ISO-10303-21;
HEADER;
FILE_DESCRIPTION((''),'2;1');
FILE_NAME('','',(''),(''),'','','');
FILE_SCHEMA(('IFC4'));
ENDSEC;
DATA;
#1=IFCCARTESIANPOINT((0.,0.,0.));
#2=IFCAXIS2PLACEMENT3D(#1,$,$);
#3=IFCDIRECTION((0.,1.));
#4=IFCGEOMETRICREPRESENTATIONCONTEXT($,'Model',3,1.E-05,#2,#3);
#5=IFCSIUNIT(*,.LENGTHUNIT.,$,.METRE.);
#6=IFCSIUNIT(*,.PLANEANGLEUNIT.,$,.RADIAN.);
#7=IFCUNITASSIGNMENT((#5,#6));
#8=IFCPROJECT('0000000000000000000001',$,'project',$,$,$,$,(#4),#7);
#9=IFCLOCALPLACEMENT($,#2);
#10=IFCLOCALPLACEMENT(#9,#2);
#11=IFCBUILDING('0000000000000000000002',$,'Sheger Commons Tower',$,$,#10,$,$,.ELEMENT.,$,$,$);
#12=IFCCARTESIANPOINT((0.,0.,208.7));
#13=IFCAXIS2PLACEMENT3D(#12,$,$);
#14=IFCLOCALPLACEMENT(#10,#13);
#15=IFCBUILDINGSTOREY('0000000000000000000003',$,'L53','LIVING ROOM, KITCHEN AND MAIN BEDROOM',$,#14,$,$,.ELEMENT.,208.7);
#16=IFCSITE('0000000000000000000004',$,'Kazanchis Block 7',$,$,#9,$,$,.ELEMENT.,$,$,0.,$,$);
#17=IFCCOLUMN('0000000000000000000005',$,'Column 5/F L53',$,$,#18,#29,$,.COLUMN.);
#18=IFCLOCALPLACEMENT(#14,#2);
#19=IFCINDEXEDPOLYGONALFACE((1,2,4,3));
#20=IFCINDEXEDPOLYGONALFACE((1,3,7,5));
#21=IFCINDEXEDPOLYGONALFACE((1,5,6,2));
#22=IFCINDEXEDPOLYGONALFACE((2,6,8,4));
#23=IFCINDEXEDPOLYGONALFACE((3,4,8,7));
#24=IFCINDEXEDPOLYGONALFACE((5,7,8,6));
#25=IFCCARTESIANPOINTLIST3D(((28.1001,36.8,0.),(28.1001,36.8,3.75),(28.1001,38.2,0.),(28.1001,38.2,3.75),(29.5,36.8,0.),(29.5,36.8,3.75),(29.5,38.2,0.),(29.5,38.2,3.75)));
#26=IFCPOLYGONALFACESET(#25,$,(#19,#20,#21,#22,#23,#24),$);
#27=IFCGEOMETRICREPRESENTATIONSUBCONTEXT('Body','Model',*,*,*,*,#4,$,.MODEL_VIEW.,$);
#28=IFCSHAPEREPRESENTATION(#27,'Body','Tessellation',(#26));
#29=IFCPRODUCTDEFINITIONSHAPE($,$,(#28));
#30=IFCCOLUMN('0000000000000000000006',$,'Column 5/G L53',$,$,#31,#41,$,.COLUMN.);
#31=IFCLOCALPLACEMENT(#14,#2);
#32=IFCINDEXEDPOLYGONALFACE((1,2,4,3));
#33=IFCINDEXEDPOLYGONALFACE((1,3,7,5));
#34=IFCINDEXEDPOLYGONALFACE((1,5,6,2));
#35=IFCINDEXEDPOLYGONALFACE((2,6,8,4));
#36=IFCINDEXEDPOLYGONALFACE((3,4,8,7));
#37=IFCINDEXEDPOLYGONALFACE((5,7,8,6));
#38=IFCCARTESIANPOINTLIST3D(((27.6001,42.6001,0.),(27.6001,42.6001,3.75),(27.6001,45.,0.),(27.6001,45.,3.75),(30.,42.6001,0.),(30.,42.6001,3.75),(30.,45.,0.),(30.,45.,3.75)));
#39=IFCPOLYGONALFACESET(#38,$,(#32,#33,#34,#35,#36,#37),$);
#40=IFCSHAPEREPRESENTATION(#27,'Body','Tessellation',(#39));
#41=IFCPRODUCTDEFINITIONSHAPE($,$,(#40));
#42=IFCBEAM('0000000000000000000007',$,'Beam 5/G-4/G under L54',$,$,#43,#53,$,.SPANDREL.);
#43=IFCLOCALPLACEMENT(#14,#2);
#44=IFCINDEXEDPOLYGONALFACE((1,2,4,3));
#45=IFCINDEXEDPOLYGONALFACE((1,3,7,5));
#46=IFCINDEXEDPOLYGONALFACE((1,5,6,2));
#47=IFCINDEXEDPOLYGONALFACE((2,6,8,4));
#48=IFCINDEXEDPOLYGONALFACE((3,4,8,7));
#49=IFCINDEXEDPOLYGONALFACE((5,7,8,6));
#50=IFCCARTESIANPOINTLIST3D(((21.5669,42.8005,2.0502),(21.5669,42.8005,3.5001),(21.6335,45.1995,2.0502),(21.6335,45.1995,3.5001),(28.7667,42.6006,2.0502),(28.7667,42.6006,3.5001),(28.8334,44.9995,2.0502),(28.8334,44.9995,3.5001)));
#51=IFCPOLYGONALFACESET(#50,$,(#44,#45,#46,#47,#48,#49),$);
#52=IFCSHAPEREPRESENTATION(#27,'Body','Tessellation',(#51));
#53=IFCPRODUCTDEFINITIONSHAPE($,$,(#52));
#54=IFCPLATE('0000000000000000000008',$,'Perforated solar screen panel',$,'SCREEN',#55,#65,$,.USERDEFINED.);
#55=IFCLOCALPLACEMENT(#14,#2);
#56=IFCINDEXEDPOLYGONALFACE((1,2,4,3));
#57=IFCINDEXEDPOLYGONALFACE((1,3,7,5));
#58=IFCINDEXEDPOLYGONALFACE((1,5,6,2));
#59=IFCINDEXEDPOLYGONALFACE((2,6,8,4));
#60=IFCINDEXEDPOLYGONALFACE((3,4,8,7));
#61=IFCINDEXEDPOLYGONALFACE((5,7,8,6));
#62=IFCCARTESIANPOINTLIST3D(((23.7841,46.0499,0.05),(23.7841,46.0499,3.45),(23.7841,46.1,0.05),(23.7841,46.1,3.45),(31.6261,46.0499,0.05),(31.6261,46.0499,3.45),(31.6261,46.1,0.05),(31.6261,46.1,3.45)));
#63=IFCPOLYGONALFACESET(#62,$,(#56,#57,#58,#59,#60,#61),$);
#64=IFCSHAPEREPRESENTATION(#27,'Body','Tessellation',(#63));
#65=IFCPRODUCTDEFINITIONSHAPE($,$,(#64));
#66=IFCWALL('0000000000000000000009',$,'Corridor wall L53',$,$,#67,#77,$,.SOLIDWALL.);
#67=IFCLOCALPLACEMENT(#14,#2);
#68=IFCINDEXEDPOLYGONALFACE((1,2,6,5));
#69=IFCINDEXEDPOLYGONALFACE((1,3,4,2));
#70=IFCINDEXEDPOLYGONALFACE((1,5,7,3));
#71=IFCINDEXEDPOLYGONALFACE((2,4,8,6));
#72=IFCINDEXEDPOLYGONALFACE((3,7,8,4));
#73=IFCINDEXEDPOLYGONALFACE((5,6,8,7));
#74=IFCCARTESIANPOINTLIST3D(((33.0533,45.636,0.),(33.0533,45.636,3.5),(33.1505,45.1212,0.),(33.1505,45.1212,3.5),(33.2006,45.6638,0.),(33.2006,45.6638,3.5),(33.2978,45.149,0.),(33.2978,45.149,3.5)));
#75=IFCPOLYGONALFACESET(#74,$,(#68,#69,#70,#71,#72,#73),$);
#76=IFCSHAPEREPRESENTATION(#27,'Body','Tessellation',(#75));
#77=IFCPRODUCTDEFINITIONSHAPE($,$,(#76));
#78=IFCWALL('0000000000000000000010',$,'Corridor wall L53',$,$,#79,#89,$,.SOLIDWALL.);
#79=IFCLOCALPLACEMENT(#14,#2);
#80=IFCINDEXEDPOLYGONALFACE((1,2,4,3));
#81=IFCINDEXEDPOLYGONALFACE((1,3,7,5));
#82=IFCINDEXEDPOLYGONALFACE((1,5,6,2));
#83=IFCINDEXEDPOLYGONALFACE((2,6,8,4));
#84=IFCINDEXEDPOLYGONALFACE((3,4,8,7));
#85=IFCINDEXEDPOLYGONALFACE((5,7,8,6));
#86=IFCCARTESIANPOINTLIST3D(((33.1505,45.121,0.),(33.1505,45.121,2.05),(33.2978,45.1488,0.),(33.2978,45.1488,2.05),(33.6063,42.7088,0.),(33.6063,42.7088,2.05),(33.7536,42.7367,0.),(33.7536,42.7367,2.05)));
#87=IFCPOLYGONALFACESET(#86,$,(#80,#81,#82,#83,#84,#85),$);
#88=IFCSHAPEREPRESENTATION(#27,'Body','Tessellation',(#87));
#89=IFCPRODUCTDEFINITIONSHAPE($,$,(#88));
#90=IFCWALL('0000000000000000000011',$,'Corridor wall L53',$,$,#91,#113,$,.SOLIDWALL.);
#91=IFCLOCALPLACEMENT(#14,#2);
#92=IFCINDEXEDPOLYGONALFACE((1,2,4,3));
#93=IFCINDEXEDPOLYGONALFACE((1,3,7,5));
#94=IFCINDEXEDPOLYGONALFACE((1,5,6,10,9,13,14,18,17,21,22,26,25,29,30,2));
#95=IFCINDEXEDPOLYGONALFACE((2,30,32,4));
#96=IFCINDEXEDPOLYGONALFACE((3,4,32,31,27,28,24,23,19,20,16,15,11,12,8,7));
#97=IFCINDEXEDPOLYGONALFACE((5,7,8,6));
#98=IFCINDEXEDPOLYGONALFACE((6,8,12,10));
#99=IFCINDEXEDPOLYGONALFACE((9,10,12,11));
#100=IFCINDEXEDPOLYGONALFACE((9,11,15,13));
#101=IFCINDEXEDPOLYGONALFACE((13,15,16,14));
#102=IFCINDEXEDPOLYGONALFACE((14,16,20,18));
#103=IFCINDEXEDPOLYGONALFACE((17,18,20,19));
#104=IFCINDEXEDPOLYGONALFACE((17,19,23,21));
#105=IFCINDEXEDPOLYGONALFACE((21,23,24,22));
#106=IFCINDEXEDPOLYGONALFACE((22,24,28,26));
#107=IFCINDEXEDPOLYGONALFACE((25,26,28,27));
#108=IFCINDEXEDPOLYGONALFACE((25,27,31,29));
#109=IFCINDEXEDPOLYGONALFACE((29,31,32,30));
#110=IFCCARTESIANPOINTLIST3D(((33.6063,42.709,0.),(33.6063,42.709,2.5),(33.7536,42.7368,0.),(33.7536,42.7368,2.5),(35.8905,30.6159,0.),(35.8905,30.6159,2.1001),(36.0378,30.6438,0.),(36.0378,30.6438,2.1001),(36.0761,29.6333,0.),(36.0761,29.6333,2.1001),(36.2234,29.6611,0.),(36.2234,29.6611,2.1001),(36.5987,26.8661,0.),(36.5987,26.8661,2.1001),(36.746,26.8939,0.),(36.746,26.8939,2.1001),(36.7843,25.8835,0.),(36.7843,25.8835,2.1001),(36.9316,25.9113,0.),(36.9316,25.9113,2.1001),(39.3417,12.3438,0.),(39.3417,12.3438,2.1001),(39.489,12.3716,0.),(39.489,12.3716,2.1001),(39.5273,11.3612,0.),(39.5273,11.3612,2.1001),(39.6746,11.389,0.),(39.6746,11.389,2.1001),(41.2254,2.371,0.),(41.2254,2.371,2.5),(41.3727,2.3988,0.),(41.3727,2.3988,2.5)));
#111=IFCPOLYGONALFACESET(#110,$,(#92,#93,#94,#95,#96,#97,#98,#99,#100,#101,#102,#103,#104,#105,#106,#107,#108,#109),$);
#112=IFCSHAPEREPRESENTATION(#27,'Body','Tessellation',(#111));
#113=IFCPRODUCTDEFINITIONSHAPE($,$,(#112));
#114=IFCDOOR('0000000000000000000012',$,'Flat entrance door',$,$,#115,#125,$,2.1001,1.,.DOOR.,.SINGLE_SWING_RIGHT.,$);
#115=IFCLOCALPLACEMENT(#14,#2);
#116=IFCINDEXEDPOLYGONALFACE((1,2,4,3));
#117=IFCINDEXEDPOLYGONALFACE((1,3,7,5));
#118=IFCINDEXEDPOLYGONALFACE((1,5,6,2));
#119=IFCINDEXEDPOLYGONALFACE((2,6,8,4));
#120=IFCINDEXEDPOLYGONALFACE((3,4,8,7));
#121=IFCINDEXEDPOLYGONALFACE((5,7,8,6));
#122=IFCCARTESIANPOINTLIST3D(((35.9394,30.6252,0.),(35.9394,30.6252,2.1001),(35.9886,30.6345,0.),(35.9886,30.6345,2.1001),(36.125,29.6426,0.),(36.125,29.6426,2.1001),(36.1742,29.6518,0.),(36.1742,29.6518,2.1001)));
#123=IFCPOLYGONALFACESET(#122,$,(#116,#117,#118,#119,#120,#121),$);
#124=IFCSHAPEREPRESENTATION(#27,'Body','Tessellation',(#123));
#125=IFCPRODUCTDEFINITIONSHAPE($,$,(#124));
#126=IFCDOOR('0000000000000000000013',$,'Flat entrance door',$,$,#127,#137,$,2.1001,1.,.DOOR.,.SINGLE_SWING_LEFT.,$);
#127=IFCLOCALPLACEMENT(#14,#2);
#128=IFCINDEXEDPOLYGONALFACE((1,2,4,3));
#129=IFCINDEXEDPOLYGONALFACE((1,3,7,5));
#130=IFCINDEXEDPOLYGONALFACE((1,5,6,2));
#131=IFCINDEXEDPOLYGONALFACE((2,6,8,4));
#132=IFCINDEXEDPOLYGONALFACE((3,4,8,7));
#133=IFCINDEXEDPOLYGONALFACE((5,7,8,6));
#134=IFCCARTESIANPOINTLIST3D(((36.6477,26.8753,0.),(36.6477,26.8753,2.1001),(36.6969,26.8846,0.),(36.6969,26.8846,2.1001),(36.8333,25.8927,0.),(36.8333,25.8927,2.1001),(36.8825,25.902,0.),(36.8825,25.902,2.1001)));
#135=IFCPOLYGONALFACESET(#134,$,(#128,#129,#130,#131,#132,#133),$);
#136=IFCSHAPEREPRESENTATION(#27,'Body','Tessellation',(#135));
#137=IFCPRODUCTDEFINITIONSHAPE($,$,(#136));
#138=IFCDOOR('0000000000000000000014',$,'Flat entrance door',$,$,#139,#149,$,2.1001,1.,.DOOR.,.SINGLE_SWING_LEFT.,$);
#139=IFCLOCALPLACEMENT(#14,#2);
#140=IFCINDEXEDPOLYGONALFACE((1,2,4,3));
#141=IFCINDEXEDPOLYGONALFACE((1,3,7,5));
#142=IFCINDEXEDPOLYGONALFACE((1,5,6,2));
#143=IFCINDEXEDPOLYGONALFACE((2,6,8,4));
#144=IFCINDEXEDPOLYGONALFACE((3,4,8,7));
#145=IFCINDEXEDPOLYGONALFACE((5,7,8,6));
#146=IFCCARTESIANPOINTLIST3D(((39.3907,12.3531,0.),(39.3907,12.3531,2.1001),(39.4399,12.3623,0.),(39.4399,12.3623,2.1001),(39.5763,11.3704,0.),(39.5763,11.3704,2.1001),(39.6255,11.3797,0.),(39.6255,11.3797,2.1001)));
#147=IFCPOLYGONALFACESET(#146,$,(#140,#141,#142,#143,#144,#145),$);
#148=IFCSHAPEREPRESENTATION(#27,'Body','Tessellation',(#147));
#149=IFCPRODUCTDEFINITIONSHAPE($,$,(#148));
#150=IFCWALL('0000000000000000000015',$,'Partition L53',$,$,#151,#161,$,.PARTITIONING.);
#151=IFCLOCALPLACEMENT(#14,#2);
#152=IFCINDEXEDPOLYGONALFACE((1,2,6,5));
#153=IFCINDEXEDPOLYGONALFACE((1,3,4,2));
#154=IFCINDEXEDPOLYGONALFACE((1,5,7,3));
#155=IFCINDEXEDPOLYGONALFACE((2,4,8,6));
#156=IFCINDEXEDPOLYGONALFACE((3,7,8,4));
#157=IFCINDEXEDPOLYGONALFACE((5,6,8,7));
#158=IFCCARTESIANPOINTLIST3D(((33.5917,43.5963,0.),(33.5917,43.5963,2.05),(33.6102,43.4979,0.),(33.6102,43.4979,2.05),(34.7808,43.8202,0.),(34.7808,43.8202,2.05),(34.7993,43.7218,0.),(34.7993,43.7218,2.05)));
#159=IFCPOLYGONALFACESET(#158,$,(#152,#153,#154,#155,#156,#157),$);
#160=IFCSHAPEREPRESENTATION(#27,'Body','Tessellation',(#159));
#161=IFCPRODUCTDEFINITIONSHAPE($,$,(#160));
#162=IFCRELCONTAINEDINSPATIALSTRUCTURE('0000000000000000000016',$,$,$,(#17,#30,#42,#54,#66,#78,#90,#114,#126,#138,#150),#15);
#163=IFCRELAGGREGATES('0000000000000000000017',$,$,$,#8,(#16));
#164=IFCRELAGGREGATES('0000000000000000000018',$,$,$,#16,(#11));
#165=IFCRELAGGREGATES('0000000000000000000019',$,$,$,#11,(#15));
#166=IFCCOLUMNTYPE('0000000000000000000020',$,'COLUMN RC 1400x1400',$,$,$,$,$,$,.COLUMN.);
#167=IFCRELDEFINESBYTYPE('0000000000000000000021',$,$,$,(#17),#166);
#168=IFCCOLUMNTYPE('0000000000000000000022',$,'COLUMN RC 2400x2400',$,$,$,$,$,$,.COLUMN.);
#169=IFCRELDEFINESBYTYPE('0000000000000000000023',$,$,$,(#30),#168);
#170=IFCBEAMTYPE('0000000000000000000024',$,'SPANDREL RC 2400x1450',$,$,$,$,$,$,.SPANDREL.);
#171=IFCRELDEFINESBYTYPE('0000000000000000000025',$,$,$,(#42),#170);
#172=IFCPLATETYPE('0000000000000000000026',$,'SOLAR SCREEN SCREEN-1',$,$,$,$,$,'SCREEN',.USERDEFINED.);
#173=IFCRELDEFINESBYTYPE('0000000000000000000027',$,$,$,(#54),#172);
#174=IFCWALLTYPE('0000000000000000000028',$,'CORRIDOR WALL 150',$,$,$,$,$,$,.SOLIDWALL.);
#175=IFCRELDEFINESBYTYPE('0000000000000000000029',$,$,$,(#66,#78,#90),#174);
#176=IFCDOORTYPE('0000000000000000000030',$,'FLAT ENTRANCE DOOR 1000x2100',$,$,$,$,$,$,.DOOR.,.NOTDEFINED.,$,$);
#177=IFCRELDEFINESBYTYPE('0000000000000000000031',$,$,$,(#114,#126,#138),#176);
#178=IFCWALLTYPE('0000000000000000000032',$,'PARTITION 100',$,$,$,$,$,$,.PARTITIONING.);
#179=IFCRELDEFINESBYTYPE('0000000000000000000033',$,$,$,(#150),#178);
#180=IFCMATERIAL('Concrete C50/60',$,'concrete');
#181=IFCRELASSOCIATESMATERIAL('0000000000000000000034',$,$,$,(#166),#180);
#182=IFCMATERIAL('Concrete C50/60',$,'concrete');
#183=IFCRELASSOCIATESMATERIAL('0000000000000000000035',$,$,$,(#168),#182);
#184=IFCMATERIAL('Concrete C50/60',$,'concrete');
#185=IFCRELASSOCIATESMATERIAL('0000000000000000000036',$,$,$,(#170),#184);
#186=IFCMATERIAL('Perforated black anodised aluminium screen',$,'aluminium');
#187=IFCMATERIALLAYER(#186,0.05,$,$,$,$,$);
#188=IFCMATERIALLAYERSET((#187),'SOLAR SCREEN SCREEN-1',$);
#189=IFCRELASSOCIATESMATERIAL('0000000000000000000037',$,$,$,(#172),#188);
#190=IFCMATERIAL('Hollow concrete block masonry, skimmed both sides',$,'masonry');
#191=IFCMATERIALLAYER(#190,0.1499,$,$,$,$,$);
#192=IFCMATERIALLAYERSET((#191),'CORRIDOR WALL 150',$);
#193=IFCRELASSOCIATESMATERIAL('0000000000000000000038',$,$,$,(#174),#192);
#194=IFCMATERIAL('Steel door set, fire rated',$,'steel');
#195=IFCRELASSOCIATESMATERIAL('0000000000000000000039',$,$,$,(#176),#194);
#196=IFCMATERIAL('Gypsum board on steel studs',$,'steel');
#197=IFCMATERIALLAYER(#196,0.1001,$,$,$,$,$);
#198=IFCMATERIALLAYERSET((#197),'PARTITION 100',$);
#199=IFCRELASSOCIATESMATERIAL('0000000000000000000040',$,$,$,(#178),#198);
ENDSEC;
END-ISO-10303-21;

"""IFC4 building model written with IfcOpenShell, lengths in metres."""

from ifc_helpers import new_model, si_unit, direction, frame, frame_2d, origin, origin_2d, place, context, subcontext, project, spatial, rectangle, extrude, material, layer, layer_set, material_profile, profile_set, type_object, element, fill, save


model = new_model("IFC4")

# Units and contexts
model_context = context("Model", 3, precision=1e-05, world=origin(), true_north=direction((0.0, 1.0)))
body_context = subcontext(model_context, "Body", "Model", "MODEL_VIEW")
ifc_project = project(units=[si_unit("LENGTHUNIT", "METRE"), si_unit("PLANEANGLEUNIT", "RADIAN")], contexts=[model_context])

# Site, building, storey
site_placement = place(None, origin())
site = spatial("IfcSite", under=ifc_project, at=site_placement, Name="Kazanchis Block 7", CompositionType="ELEMENT", RefElevation=0.0)
building_placement = place(site_placement, origin())
building = spatial("IfcBuilding", under=site, at=building_placement, Name="Sheger Commons Tower", CompositionType="ELEMENT")
storey_placement = place(building_placement, frame((0.0, 0.0, 208.7)))
storey = spatial("IfcBuildingStorey", under=building, at=storey_placement, Name="L53", Description="LIVING ROOM, KITCHEN AND MAIN BEDROOM", CompositionType="ELEMENT", Elevation=208.7)

# Columns
ifc_material_1 = material(Name="Concrete C50/60", Category="concrete")
ifc_material_profile_1 = material_profile(ifc_material_1, rectangle(XDim=1.3999, YDim=1.3999, at=origin_2d()), Name="RC 1400x1400")
ifc_profile_set_1 = profile_set([ifc_material_profile_1], Name="Concrete C50/60")
column_type_1 = type_object("IfcColumnType", Name="COLUMN RC 1400x1400", PredefinedType="COLUMN", material=ifc_profile_set_1)
column_1_placement = place(storey_placement, frame((28.8, 37.5, 0.0), z_axis=(0.0, 0.0, 1.0), x_axis=(1.0, 0.0, 0.0)))
element("IfcColumn", 1, at=column_1_placement, inside=storey, type_object=column_type_1, Name="Column 5/F L53", PredefinedType="COLUMN", context=body_context, shape_type="SweptSolid", body=[
    extrude(rectangle(XDim=1.3999, YDim=1.3999, at=origin_2d()), origin(), (0.0, 0.0, 1.0), 3.75),
])
ifc_material_2 = material(Name="Concrete C50/60", Category="concrete")
ifc_material_profile_2 = material_profile(ifc_material_2, rectangle(XDim=2.3999, YDim=2.3999, at=origin_2d()), Name="RC 2400x2400")
ifc_profile_set_2 = profile_set([ifc_material_profile_2], Name="Concrete C50/60")
column_type_2 = type_object("IfcColumnType", Name="COLUMN RC 2400x2400", PredefinedType="COLUMN", material=ifc_profile_set_2)
column_2_placement = place(storey_placement, frame((28.8, 43.8, 0.0), z_axis=(0.0, 0.0, 1.0), x_axis=(1.0, 0.0, 0.0)))
element("IfcColumn", 2, at=column_2_placement, inside=storey, type_object=column_type_2, Name="Column 5/G L53", PredefinedType="COLUMN", context=body_context, shape_type="SweptSolid", body=[
    extrude(rectangle(XDim=2.3999, YDim=2.3999, at=origin_2d()), origin(), (0.0, 0.0, 1.0), 3.75),
])

# Beam
ifc_material_3 = material(Name="Concrete C50/60", Category="concrete")
ifc_material_profile_3 = material_profile(ifc_material_3, rectangle(XDim=2.3999, YDim=1.45, at=origin_2d()), Name="RC 2400x1450")
ifc_profile_set_3 = profile_set([ifc_material_profile_3], Name="Concrete C50/60")
beam_type = type_object("IfcBeamType", Name="SPANDREL RC 2400x1450", PredefinedType="SPANDREL", material=ifc_profile_set_3)
beam_placement = place(storey_placement, frame((28.8, 43.8, 2.7751), z_axis=(-0.999615, 0.02776, 0.0), x_axis=(-0.02776, -0.999615, 0.0)))
element("IfcBeam", 3, at=beam_placement, inside=storey, type_object=beam_type, Name="Beam 5/G-4/G under L54", PredefinedType="SPANDREL", context=body_context, shape_type="SweptSolid", body=[
    extrude(rectangle(XDim=2.3999, YDim=1.45, at=origin_2d()), origin(), (0.0, 0.0, 1.0), 7.2026),
])

# Plate
ifc_material_4 = material(Name="Perforated black anodised aluminium screen", Category="aluminium")
ifc_layer_1 = layer(ifc_material_4, 0.05)
ifc_layer_set_1 = layer_set([ifc_layer_1], Name="SOLAR SCREEN SCREEN-1")
plate_type = type_object("IfcPlateType", Name="SOLAR SCREEN SCREEN-1", ElementType="SCREEN", PredefinedType="USERDEFINED", material=ifc_layer_set_1)
plate_placement = place(storey_placement, frame((27.7051, 46.075, 0.05), z_axis=(0.0, 0.0, 1.0), x_axis=(-1.0, 0.0, 0.0)))
element("IfcPlate", 4, at=plate_placement, inside=storey, type_object=plate_type, Name="Perforated solar screen panel", ObjectType="SCREEN", PredefinedType="USERDEFINED", context=body_context, shape_type="SweptSolid", body=[
    extrude(rectangle(XDim=7.842, YDim=0.05, at=origin_2d()), origin(), (0.0, 0.0, 1.0), 3.3999),
])

# Walls
ifc_material_5 = material(Name="Hollow concrete block masonry, skimmed both sides", Category="masonry")
ifc_layer_2 = layer(ifc_material_5, 0.1499)
ifc_layer_set_2 = layer_set([ifc_layer_2], Name="CORRIDOR WALL 150")
wall_type_1 = type_object("IfcWallType", Name="CORRIDOR WALL 150", PredefinedType="SOLIDWALL", material=ifc_layer_set_2)
wall_1_placement = place(storey_placement, frame((33.127, 45.6499, 0.0), z_axis=(0.0, 0.0, 1.0), x_axis=(0.185442, -0.982655, 0.0)))
element("IfcWall", 5, at=wall_1_placement, inside=storey, type_object=wall_type_1, Name="Corridor wall L53", PredefinedType="SOLIDWALL", context=body_context, shape_type="SweptSolid", body=[
    extrude(rectangle(XDim=0.5239, YDim=0.1499, at=frame_2d((0.262, 0.0))), origin(), (0.0, 0.0, 1.0), 3.5),
])
wall_2_placement = place(storey_placement, frame((33.2241, 45.135, 0.0), z_axis=(0.0, 0.0, 1.0), x_axis=(0.185681, -0.98261, 0.0)))
element("IfcWall", 6, at=wall_2_placement, inside=storey, type_object=wall_type_1, Name="Corridor wall L53", PredefinedType="SOLIDWALL", context=body_context, shape_type="SweptSolid", body=[
    extrude(rectangle(XDim=2.4548, YDim=0.1499, at=frame_2d((1.2275, 0.0))), origin(), (0.0, 0.0, 1.0), 2.05),
])

# Wall, openings, doors
wall_3_placement = place(storey_placement, frame((33.6799, 42.7229, 0.0), z_axis=(0.0, 0.0, 1.0), x_axis=(0.185601, -0.982625, 0.0)))
wall_3 = element("IfcWall", 7, at=wall_3_placement, inside=storey, type_object=wall_type_1, Name="Corridor wall L53", PredefinedType="SOLIDWALL", context=body_context, shape_type="SweptSolid", body=[
    extrude(rectangle(XDim=41.0513, YDim=0.1499, at=frame_2d((20.5256, 0.0))), origin(), (0.0, 0.0, 1.0), 2.5),
])
opening_1_placement = place(wall_3_placement, frame((12.3069, 0.0, 0.0)))
opening_1 = element("IfcOpeningElement", 8, at=opening_1_placement, cuts=wall_3, PredefinedType="OPENING", context=body_context, shape_type="SweptSolid", body=[
    extrude(rectangle(XDim=1.0, YDim=2.1001, at=frame_2d((0.5, 1.05))), frame((0.0, 0.085, 0.0), z_axis=(0.0, -1.0, 0.0), x_axis=(1.0, 0.0, 0.0)), (0.0, 0.0, 1.0), 0.1699),
])
opening_2_placement = place(wall_3_placement, frame((16.123, 0.0, 0.0)))
opening_2 = element("IfcOpeningElement", 9, at=opening_2_placement, cuts=wall_3, PredefinedType="OPENING", context=body_context, shape_type="SweptSolid", body=[
    extrude(rectangle(XDim=1.0, YDim=2.1001, at=frame_2d((0.5, 1.05))), frame((0.0, 0.085, 0.0), z_axis=(0.0, -1.0, 0.0), x_axis=(1.0, 0.0, 0.0)), (0.0, 0.0, 1.0), 0.1699),
])
opening_3_placement = place(wall_3_placement, frame((30.9021, 0.0, 0.0)))
opening_3 = element("IfcOpeningElement", 10, at=opening_3_placement, cuts=wall_3, PredefinedType="OPENING", context=body_context, shape_type="SweptSolid", body=[
    extrude(rectangle(XDim=1.0, YDim=2.1001, at=frame_2d((0.5, 1.05))), frame((0.0, 0.085, 0.0), z_axis=(0.0, -1.0, 0.0), x_axis=(1.0, 0.0, 0.0)), (0.0, 0.0, 1.0), 0.1699),
])
ifc_material_6 = material(Name="Steel door set, fire rated", Category="steel")
door_type_1 = type_object("IfcDoorType", Name="FLAT ENTRANCE DOOR 1000x2100", OperationType="NOTDEFINED", PredefinedType="DOOR", material=ifc_material_6)
door_1_placement = place(opening_1_placement, origin())
door_1 = element("IfcDoor", 11, at=door_1_placement, inside=storey, type_object=door_type_1, Name="Flat entrance door", OperationType="SINGLE_SWING_RIGHT", OverallHeight=2.1001, OverallWidth=1.0, PredefinedType="DOOR", context=body_context, shape_type="SweptSolid", body=[
    extrude(rectangle(XDim=1.0, YDim=2.1001, at=frame_2d((0.5, 1.05))), frame((0.0, 0.0249, 0.0), z_axis=(0.0, -1.0, 0.0), x_axis=(1.0, 0.0, 0.0)), (0.0, 0.0, 1.0), 0.05),
])
fill(opening_1, door_1)
door_2_placement = place(opening_2_placement, origin())
door_2 = element("IfcDoor", 12, at=door_2_placement, inside=storey, type_object=door_type_1, Name="Flat entrance door", OperationType="SINGLE_SWING_LEFT", OverallHeight=2.1001, OverallWidth=1.0, PredefinedType="DOOR", context=body_context, shape_type="SweptSolid", body=[
    extrude(rectangle(XDim=1.0, YDim=2.1001, at=frame_2d((0.5, 1.05))), frame((0.0, 0.0249, 0.0), z_axis=(0.0, -1.0, 0.0), x_axis=(1.0, 0.0, 0.0)), (0.0, 0.0, 1.0), 0.05),
])
fill(opening_2, door_2)
door_3_placement = place(opening_3_placement, origin())
door_3 = element("IfcDoor", 13, at=door_3_placement, inside=storey, type_object=door_type_1, Name="Flat entrance door", OperationType="SINGLE_SWING_LEFT", OverallHeight=2.1001, OverallWidth=1.0, PredefinedType="DOOR", context=body_context, shape_type="SweptSolid", body=[
    extrude(rectangle(XDim=1.0, YDim=2.1001, at=frame_2d((0.5, 1.05))), frame((0.0, 0.0249, 0.0), z_axis=(0.0, -1.0, 0.0), x_axis=(1.0, 0.0, 0.0)), (0.0, 0.0, 1.0), 0.05),
])
fill(opening_3, door_3)

# Wall
ifc_material_7 = material(Name="Gypsum board on steel studs", Category="steel")
ifc_layer_3 = layer(ifc_material_7, 0.1001)
ifc_layer_set_3 = layer_set([ifc_layer_3], Name="PARTITION 100")
wall_type_2 = type_object("IfcWallType", Name="PARTITION 100", PredefinedType="PARTITIONING", material=ifc_layer_set_3)
wall_4_placement = place(storey_placement, frame((34.79, 43.771, 0.0), z_axis=(0.0, 0.0, 1.0), x_axis=(-0.98273, -0.185044, 0.0)))
element("IfcWall", 14, at=wall_4_placement, inside=storey, type_object=wall_type_2, Name="Partition L53", PredefinedType="PARTITIONING", context=body_context, shape_type="SweptSolid", body=[
    extrude(rectangle(XDim=1.21, YDim=0.1001, at=frame_2d((0.605, 0.0))), origin(), (0.0, 0.0, 1.0), 2.05),
])

save(model, "model.ifc")
